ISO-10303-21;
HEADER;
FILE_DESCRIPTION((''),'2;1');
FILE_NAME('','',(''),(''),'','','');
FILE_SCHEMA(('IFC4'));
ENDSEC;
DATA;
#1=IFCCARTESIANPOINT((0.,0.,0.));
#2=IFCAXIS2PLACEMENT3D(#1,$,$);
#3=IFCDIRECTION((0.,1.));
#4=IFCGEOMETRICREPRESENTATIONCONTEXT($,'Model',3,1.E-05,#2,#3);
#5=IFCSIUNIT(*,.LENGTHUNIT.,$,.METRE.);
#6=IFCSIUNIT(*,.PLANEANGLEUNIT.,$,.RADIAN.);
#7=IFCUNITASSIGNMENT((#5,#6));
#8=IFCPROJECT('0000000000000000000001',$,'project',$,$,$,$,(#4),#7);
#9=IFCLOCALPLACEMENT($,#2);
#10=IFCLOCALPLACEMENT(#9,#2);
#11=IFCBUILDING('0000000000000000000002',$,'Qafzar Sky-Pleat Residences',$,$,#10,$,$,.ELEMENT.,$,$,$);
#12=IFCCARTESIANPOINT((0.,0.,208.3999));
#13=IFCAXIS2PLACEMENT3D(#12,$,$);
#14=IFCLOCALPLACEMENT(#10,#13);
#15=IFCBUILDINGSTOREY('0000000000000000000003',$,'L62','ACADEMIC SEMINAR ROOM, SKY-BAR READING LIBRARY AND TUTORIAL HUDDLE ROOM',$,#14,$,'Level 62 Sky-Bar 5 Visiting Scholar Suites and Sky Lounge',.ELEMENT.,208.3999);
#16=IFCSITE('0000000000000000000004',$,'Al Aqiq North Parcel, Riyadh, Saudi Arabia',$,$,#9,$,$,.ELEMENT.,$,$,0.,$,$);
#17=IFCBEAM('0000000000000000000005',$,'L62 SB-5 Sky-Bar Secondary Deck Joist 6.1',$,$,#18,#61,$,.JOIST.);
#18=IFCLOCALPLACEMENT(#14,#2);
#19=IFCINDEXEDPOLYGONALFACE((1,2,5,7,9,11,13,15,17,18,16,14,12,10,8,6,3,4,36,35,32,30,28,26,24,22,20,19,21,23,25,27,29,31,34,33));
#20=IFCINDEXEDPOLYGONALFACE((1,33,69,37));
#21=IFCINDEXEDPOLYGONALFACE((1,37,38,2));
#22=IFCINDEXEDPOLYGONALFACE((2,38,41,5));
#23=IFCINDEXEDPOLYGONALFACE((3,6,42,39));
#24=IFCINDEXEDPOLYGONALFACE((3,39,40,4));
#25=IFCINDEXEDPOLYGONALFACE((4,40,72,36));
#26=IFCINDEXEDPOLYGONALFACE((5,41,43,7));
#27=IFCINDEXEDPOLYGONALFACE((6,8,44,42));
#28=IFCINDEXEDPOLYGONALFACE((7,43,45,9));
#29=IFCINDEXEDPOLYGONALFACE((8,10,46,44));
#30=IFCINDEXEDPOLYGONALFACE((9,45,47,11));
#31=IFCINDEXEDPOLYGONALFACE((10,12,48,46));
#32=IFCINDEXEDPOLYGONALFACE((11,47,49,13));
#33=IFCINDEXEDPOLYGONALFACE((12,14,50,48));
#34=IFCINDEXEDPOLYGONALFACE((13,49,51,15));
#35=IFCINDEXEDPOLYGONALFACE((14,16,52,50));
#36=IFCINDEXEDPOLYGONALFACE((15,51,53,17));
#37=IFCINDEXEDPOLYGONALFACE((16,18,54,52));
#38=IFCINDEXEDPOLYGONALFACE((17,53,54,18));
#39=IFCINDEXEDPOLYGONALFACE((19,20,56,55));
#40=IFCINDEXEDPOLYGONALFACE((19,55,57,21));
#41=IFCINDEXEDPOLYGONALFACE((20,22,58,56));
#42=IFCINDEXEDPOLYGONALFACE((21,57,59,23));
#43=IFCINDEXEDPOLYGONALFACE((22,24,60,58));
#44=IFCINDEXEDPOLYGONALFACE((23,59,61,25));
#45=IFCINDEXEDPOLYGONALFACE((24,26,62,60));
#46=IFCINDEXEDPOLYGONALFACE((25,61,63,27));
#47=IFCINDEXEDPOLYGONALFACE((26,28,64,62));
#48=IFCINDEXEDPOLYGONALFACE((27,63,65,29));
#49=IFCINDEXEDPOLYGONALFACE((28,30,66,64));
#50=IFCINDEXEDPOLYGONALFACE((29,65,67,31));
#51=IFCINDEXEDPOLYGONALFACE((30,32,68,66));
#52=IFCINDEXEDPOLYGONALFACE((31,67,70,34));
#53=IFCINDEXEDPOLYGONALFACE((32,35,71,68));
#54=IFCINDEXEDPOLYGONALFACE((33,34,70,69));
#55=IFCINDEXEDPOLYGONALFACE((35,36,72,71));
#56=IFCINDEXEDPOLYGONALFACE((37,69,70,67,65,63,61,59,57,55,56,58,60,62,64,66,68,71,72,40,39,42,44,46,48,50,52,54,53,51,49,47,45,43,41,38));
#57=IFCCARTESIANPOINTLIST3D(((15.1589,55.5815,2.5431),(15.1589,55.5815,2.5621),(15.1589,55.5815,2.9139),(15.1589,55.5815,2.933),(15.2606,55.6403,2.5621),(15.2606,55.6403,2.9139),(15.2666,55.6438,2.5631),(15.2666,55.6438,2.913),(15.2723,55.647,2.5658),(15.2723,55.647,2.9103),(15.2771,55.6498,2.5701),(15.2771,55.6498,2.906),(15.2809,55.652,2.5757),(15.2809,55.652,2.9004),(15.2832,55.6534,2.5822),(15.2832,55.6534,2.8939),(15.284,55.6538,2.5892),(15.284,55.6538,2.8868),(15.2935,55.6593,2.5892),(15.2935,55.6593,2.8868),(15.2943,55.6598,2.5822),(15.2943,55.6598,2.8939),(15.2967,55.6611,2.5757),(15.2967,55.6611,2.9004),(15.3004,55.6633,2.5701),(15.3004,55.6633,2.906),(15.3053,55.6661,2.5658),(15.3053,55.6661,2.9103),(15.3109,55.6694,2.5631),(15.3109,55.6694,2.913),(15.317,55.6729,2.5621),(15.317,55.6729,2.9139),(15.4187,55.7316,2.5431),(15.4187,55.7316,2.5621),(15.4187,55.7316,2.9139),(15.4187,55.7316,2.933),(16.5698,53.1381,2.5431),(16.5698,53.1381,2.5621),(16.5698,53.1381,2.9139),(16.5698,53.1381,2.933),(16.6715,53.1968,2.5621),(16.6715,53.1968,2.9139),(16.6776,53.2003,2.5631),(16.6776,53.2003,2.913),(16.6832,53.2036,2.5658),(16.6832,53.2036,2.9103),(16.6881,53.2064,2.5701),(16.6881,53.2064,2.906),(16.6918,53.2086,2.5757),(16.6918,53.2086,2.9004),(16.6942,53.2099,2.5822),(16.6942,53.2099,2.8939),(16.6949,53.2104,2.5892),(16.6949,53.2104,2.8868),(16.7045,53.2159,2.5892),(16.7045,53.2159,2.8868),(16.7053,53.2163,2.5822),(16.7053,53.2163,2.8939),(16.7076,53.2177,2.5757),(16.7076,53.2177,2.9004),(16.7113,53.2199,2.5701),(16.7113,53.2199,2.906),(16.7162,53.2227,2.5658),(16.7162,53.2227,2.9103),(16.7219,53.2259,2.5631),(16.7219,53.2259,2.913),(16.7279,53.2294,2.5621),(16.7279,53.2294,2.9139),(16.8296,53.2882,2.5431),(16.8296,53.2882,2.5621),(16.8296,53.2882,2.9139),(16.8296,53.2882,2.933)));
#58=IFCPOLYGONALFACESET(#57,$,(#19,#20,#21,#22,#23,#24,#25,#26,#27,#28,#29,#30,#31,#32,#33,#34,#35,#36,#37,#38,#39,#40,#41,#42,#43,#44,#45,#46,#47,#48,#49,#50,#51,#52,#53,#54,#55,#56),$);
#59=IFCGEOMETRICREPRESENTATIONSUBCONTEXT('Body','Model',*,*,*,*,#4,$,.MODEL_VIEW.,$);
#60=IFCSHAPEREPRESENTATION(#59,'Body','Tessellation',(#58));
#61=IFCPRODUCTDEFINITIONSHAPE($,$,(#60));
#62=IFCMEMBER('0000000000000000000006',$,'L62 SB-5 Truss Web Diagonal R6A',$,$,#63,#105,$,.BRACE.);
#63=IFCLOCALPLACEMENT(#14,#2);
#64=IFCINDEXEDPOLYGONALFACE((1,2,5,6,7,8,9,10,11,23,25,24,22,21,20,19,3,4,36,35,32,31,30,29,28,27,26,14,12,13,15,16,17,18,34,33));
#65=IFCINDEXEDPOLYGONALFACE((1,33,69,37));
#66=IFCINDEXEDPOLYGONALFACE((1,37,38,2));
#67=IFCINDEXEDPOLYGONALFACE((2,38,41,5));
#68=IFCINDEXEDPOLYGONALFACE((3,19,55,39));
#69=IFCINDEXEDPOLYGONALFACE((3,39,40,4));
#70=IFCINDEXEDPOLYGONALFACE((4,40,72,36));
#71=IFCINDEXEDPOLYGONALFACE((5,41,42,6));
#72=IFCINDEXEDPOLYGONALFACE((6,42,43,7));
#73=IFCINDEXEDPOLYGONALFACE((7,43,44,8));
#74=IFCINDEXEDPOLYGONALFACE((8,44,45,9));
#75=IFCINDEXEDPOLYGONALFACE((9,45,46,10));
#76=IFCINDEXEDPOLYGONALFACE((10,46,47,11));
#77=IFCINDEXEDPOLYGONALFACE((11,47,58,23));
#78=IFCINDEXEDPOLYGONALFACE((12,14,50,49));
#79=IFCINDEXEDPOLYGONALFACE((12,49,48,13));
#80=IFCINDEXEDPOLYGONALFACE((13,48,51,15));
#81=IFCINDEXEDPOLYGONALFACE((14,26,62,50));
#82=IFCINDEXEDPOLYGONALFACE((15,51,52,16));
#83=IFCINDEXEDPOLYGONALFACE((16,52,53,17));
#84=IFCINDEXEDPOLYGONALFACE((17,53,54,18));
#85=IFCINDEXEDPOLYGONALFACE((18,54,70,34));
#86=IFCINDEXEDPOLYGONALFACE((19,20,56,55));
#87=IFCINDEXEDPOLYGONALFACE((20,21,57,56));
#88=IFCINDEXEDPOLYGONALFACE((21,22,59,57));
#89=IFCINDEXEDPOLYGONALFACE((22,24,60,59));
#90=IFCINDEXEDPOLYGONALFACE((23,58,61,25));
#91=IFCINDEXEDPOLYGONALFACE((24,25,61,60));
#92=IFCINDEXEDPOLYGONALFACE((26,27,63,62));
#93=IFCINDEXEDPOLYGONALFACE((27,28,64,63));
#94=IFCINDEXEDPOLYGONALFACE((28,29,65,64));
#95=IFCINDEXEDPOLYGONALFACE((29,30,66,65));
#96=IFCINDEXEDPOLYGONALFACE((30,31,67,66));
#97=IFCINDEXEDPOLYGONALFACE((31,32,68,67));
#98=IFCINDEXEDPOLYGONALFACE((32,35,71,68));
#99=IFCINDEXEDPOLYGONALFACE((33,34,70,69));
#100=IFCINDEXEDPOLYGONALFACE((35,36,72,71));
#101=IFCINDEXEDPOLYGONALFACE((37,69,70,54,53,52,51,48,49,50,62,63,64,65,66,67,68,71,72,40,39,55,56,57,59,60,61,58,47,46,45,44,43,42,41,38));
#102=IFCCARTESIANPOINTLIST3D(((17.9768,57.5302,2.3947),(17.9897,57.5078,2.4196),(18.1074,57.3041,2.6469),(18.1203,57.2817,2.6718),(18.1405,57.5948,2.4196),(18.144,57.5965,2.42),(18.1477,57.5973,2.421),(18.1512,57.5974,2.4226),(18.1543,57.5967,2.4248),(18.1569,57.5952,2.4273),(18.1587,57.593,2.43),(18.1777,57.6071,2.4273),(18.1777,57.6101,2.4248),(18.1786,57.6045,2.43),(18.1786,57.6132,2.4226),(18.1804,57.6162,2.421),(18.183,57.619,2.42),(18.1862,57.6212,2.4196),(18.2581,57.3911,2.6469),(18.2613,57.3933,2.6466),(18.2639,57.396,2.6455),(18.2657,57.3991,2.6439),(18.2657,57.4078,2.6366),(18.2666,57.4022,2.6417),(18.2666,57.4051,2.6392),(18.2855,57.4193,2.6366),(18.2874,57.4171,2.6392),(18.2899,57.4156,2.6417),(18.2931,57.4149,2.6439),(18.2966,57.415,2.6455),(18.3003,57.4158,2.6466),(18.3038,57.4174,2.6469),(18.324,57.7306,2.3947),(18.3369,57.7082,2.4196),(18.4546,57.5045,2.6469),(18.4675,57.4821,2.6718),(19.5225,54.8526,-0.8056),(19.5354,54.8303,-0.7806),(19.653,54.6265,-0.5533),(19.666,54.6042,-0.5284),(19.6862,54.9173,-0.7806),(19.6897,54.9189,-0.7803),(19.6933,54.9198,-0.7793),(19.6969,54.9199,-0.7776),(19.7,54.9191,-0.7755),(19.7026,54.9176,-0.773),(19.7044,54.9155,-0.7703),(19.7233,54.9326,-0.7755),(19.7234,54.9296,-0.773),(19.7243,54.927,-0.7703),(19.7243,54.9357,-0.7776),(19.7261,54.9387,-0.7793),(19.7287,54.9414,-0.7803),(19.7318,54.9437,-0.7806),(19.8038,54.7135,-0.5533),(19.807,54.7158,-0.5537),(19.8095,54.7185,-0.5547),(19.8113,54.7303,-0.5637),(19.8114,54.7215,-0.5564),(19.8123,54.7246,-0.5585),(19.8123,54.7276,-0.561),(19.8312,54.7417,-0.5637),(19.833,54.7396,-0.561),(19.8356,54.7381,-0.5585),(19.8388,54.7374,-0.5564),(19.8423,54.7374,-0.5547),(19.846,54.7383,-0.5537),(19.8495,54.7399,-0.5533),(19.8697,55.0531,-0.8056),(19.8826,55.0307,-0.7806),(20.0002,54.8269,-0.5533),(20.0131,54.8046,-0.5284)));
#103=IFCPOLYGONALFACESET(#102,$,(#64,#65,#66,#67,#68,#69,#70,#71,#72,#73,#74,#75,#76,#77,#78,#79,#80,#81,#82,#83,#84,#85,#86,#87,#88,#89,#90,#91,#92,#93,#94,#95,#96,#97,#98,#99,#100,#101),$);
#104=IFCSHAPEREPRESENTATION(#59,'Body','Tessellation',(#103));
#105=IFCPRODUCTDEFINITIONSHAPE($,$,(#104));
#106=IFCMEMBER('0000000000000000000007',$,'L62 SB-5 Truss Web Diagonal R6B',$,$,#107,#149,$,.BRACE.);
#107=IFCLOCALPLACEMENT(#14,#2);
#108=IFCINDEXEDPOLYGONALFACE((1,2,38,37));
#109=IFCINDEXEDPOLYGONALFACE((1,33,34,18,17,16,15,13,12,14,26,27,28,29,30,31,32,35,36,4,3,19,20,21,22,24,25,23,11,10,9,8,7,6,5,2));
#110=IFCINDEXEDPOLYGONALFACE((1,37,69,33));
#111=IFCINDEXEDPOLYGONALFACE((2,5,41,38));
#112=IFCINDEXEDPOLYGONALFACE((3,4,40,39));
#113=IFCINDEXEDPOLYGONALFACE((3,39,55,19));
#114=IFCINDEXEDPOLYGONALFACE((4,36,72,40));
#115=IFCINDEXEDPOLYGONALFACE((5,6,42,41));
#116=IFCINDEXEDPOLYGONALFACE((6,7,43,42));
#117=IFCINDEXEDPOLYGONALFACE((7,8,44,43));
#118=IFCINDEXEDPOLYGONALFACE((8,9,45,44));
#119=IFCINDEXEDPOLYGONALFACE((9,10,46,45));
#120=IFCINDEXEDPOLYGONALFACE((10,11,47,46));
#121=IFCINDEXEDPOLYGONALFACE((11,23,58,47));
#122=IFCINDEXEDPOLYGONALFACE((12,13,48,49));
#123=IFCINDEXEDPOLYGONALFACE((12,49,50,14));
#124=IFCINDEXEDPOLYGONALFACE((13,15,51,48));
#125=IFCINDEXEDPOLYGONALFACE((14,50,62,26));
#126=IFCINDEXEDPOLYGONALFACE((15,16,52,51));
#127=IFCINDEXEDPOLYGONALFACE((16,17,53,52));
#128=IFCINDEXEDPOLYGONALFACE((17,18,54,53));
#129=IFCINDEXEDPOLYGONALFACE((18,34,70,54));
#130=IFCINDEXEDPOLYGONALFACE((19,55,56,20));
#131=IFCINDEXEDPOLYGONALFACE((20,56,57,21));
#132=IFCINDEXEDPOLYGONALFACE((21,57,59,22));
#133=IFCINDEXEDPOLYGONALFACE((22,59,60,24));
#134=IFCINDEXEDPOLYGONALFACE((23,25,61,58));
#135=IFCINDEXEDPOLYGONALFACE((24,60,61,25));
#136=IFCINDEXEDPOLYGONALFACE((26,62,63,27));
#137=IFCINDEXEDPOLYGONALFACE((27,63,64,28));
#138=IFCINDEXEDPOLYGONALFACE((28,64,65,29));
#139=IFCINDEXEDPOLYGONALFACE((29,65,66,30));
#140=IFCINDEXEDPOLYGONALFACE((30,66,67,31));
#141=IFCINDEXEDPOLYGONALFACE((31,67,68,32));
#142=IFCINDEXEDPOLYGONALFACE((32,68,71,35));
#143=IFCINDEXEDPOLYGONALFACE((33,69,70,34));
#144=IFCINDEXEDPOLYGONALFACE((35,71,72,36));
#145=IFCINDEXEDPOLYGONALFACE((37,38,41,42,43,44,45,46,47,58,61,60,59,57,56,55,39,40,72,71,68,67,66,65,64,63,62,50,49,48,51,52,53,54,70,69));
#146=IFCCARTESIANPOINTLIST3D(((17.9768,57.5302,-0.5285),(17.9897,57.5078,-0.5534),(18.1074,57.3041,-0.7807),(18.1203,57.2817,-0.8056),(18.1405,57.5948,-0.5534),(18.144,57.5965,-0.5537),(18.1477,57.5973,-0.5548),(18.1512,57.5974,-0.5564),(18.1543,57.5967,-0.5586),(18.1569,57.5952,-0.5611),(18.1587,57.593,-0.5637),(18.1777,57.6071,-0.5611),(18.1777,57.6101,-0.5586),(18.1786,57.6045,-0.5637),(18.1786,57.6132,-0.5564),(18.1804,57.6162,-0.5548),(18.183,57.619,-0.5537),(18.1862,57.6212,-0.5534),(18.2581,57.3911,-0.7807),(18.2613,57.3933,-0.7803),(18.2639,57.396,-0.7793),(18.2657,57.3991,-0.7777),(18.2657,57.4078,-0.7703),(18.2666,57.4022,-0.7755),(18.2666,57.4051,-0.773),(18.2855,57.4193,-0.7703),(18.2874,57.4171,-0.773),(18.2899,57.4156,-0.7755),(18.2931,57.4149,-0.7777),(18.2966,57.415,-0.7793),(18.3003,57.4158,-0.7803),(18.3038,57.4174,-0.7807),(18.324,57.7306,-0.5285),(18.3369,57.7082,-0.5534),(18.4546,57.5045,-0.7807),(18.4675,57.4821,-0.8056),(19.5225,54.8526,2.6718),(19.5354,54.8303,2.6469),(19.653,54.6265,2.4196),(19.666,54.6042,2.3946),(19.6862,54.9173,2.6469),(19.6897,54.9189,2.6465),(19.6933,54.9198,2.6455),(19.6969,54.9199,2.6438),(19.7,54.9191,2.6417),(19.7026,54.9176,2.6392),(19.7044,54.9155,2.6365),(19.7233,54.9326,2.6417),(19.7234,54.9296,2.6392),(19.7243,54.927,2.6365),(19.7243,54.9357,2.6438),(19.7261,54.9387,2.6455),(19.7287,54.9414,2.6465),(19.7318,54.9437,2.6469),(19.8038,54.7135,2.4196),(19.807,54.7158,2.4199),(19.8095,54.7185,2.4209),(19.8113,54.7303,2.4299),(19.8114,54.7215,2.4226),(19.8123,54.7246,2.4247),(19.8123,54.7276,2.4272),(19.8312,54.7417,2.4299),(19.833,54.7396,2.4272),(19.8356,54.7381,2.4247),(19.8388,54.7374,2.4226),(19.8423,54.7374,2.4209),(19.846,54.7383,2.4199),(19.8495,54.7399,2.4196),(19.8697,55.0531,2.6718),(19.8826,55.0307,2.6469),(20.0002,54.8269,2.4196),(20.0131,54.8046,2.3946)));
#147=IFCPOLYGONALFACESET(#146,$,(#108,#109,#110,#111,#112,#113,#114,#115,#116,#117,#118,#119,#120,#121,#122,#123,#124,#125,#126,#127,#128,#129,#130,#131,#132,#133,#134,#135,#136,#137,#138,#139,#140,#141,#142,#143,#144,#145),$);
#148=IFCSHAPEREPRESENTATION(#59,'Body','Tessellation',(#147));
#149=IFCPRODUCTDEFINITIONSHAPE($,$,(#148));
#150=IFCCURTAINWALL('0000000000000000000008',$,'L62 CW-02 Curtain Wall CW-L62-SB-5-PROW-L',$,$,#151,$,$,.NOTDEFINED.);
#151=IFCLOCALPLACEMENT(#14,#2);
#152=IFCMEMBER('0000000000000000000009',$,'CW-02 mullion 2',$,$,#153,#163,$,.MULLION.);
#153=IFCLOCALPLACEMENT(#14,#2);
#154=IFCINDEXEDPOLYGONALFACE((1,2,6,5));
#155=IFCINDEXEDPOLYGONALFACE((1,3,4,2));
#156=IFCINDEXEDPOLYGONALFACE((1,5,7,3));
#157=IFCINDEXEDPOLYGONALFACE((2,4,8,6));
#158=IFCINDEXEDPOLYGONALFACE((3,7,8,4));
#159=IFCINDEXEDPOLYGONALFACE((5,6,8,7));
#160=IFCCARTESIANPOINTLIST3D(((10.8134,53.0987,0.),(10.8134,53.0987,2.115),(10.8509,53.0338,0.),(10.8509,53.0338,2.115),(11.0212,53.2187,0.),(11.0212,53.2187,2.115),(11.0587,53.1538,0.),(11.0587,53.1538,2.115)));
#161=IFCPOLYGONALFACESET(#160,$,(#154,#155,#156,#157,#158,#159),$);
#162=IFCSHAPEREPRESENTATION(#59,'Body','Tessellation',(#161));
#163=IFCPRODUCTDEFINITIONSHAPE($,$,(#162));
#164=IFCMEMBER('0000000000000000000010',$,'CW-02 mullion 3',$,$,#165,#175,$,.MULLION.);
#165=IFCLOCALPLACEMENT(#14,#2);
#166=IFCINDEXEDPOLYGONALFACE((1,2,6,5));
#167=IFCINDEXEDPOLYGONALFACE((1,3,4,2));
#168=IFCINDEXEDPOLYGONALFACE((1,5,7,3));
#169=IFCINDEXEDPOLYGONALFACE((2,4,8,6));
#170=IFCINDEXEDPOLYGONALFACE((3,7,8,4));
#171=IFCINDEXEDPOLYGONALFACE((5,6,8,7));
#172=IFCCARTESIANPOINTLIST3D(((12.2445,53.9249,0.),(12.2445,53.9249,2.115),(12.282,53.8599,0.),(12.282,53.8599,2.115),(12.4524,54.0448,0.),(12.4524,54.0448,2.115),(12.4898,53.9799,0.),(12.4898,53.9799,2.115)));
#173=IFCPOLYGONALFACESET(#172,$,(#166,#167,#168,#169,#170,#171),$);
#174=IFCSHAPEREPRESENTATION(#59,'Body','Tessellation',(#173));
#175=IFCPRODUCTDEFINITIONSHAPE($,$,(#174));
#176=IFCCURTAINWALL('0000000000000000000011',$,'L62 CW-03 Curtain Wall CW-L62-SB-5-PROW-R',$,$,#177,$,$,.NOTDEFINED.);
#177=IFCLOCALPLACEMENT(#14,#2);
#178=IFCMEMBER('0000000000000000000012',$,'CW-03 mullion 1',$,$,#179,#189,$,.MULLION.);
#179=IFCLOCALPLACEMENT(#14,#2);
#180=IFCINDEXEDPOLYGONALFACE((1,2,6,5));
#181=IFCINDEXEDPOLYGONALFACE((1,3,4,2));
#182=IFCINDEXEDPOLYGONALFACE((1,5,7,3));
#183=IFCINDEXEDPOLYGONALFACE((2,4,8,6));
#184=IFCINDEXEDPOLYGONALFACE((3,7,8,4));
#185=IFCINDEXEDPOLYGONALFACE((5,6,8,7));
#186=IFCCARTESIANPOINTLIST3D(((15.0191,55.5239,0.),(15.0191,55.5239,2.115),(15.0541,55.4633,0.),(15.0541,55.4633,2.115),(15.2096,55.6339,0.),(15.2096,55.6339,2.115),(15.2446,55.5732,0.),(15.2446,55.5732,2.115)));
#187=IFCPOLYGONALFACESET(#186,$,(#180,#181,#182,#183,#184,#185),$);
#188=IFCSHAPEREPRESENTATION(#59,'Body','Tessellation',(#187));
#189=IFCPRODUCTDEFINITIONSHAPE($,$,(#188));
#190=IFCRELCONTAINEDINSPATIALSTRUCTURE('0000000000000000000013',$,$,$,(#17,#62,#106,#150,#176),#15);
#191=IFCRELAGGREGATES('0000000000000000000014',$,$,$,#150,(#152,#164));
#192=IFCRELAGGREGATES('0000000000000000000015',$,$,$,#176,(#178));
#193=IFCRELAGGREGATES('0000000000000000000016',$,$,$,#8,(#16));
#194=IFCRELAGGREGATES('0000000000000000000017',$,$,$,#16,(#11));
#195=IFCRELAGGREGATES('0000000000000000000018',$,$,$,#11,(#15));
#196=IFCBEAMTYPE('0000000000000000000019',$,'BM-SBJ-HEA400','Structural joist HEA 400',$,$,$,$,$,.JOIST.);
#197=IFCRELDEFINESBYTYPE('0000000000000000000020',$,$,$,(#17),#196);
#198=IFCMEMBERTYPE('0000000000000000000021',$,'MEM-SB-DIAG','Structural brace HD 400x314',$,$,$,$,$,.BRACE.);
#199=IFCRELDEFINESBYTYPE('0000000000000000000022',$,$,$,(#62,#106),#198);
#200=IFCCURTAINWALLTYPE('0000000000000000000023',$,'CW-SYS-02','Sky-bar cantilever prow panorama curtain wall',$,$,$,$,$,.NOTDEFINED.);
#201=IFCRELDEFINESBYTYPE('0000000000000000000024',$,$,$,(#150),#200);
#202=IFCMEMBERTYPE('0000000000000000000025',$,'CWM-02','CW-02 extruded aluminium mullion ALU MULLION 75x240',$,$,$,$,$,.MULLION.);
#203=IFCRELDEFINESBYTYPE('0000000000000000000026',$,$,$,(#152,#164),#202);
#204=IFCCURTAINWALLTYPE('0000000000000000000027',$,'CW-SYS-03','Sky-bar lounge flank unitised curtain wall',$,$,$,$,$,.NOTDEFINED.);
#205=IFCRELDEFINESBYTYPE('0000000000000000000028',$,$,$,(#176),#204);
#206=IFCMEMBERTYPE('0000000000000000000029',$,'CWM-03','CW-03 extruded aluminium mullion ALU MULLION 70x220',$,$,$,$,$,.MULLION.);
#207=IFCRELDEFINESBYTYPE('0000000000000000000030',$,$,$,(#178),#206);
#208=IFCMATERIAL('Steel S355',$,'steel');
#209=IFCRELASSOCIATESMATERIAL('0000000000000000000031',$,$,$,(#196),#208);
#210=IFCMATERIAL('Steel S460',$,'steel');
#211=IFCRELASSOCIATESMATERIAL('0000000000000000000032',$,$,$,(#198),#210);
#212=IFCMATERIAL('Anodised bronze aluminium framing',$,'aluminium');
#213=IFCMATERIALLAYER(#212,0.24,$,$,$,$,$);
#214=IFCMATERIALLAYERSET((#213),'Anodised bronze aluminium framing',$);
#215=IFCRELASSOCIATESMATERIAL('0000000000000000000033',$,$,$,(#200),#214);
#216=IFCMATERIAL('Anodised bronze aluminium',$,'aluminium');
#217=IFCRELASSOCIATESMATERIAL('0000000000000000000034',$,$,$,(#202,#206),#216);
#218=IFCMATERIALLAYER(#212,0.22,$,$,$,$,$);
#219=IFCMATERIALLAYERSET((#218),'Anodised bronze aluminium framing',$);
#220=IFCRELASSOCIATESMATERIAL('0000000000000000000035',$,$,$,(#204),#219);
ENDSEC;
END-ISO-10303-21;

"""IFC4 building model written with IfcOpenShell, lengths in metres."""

from ifc_helpers import new_model, si_unit, direction, frame, origin, origin_2d, place, context, subcontext, project, spatial, rectangle, i_section, extrude, source, transform, mapped, material, layer, layer_set, material_profile, profile_set, type_object, element, aggregate, save


model = new_model("IFC4")

# Units and contexts
model_context = context("Model", 3, precision=1e-05, world=origin(), true_north=direction((0.0, 1.0)))
body_context = subcontext(model_context, "Body", "Model", "MODEL_VIEW")
ifc_project = project(units=[si_unit("LENGTHUNIT", "METRE"), si_unit("PLANEANGLEUNIT", "RADIAN")], contexts=[model_context])

# Site, building, storey
site_placement = place(None, origin())
site = spatial("IfcSite", under=ifc_project, at=site_placement, Name="Al Aqiq North Parcel, Riyadh, Saudi Arabia", CompositionType="ELEMENT", RefElevation=0.0)
building_placement = place(site_placement, origin())
building = spatial("IfcBuilding", under=site, at=building_placement, Name="Qafzar Sky-Pleat Residences", CompositionType="ELEMENT")
storey_placement = place(building_placement, frame((0.0, 0.0, 208.3999)))
storey = spatial("IfcBuildingStorey", under=building, at=storey_placement, Name="L62", Description="ACADEMIC SEMINAR ROOM, SKY-BAR READING LIBRARY AND TUTORIAL HUDDLE ROOM", LongName="Level 62 Sky-Bar 5 Visiting Scholar Suites and Sky Lounge", CompositionType="ELEMENT", Elevation=208.3999)

# Beam
ifc_material_1 = material(Name="Steel S355", Category="steel")
ifc_material_profile_1 = material_profile(ifc_material_1, i_section(OverallWidth=0.3, OverallDepth=0.3899, WebThickness=0.011, FlangeThickness=0.019, FilletRadius=0.0271, at=origin_2d()), Name="HEA 400")
ifc_profile_set_1 = profile_set([ifc_material_profile_1], Name="Steel S355")
beam_type = type_object("IfcBeamType", Name="BM-SBJ-HEA400", Description="Structural joist HEA 400", PredefinedType="JOIST", material=ifc_profile_set_1)
shared_shape_1 = source(origin(), body_context, "Body", "SweptSolid", [
    extrude(i_section(OverallWidth=0.3, OverallDepth=0.3899, WebThickness=0.011, FlangeThickness=0.019, FilletRadius=0.0271, at=origin_2d()), origin(), (0.0, 0.0, 1.0), 2.8215),
])
beam_placement = place(storey_placement, frame((16.6997, 53.2131, 2.738), z_axis=(-0.500057, 0.865992, 0.0), x_axis=(-0.865992, -0.500057, 0.0)))
element("IfcBeam", 1, at=beam_placement, inside=storey, type_object=beam_type, Name="L62 SB-5 Sky-Bar Secondary Deck Joist 6.1", PredefinedType="JOIST", context=body_context, shape_type="MappedRepresentation", body=[
    mapped(shared_shape_1, transform((0.0, 0.0, 0.0), x_axis=(1.0, 0.0, 0.0), y_axis=(0.0, 1.0, 0.0), z_axis=(0.0, 0.0, 1.0), scale=1.0)),
])

# Members
ifc_material_2 = material(Name="Steel S460", Category="steel")
ifc_material_profile_2 = material_profile(ifc_material_2, i_section(OverallWidth=0.4009, OverallDepth=0.3989, WebThickness=0.0229, FlangeThickness=0.0359, FilletRadius=0.0149, at=origin_2d()), Name="HD 400x314")
ifc_profile_set_2 = profile_set([ifc_material_profile_2], Name="Steel S460")
member_type_1 = type_object("IfcMemberType", Name="MEM-SB-DIAG", Description="Structural brace HD 400x314", PredefinedType="BRACE", material=ifc_profile_set_2)
shared_shape_2 = source(origin(), body_context, "Body", "SweptSolid", [
    extrude(i_section(OverallWidth=0.4009, OverallDepth=0.3989, WebThickness=0.0229, FlangeThickness=0.0359, FilletRadius=0.0149, at=origin_2d()), origin(), (0.0, 0.0, 1.0), 4.4497),
])
for number, where, z_axis, x_axis, name in (
    (2, (19.7678, 54.8286, -0.667), (-0.347367, 0.601733, 0.719204), (-0.866053, -0.499953, 0.0), "L62 SB-5 Truss Web Diagonal R6A"),
    (3, (19.7678, 54.8286, 2.5332), (-0.347367, 0.601733, -0.719204), (-0.866053, -0.499953, 0.0), "L62 SB-5 Truss Web Diagonal R6B"),
):
    element("IfcMember", number, at=place(storey_placement, frame(where, z_axis=z_axis, x_axis=x_axis)), inside=storey, type_object=member_type_1, Name=name, PredefinedType="BRACE", context=body_context, shape_type="MappedRepresentation", body=[
        mapped(shared_shape_2, transform((0.0, 0.0, 0.0), x_axis=(1.0, 0.0, 0.0), y_axis=(0.0, 1.0, 0.0), z_axis=(0.0, 0.0, 1.0), scale=1.0)),
    ])

# Curtain walls, members
ifc_material_3 = material(Name="Anodised bronze aluminium framing", Category="aluminium")
ifc_layer_1 = layer(ifc_material_3, 0.24)
ifc_layer_set_1 = layer_set([ifc_layer_1], Name="Anodised bronze aluminium framing")
curtain_wall_type_1 = type_object("IfcCurtainWallType", Name="CW-SYS-02", Description="Sky-bar cantilever prow panorama curtain wall", PredefinedType="NOTDEFINED", material=ifc_layer_set_1)
curtain_wall_1_placement = place(storey_placement, origin())
curtain_wall_1 = element("IfcCurtainWall", 4, at=curtain_wall_1_placement, inside=storey, type_object=curtain_wall_type_1, Name="L62 CW-02 Curtain Wall CW-L62-SB-5-PROW-L", PredefinedType="NOTDEFINED")
ifc_material_4 = material(Name="Anodised bronze aluminium", Category="aluminium")
ifc_material_profile_3 = material_profile(ifc_material_4, rectangle(XDim=0.075, YDim=0.24, at=origin_2d()), Name="ALU MULLION 75x240")
ifc_profile_set_3 = profile_set([ifc_material_profile_3], Name="Anodised bronze aluminium")
member_type_2 = type_object("IfcMemberType", Name="CWM-02", Description="CW-02 extruded aluminium mullion ALU MULLION 75x240", PredefinedType="MULLION", material=ifc_profile_set_3)
shared_shape_3 = source(origin(), body_context, "Body", "SweptSolid", [
    extrude(rectangle(XDim=0.075, YDim=0.24, at=origin_2d()), origin(), (0.0, 0.0, 1.0), 2.115),
])
member_1_placement = place(storey_placement, frame((10.936, 53.1262, 0.0), z_axis=(0.0, 0.0, 1.0), x_axis=(-0.499996, 0.866028, 0.0)))
member_1 = element("IfcMember", 5, at=member_1_placement, type_object=member_type_2, Name="CW-02 mullion 2", PredefinedType="MULLION", context=body_context, shape_type="MappedRepresentation", body=[
    mapped(shared_shape_3, transform((0.0, 0.0, 0.0), x_axis=(1.0, 0.0, 0.0), y_axis=(0.0, 1.0, 0.0), z_axis=(0.0, 0.0, 1.0), scale=1.0)),
])
member_2_placement = place(storey_placement, frame((12.3672, 53.9524, 0.0), z_axis=(0.0, 0.0, 1.0), x_axis=(-0.499996, 0.866028, 0.0)))
member_2 = element("IfcMember", 6, at=member_2_placement, type_object=member_type_2, Name="CW-02 mullion 3", PredefinedType="MULLION", context=body_context, shape_type="MappedRepresentation", body=[
    mapped(shared_shape_3, transform((0.0, 0.0, 0.0), x_axis=(1.0, 0.0, 0.0), y_axis=(0.0, 1.0, 0.0), z_axis=(0.0, 0.0, 1.0), scale=1.0)),
])
ifc_layer_2 = layer(ifc_material_3, 0.22)
ifc_layer_set_2 = layer_set([ifc_layer_2], Name="Anodised bronze aluminium framing")
curtain_wall_type_2 = type_object("IfcCurtainWallType", Name="CW-SYS-03", Description="Sky-bar lounge flank unitised curtain wall", PredefinedType="NOTDEFINED", material=ifc_layer_set_2)
curtain_wall_2_placement = place(storey_placement, origin())
curtain_wall_2 = element("IfcCurtainWall", 7, at=curtain_wall_2_placement, inside=storey, type_object=curtain_wall_type_2, Name="L62 CW-03 Curtain Wall CW-L62-SB-5-PROW-R", PredefinedType="NOTDEFINED")
ifc_material_profile_4 = material_profile(ifc_material_4, rectangle(XDim=0.0701, YDim=0.22, at=origin_2d()), Name="ALU MULLION 70x220")
ifc_profile_set_4 = profile_set([ifc_material_profile_4], Name="Anodised bronze aluminium")
member_type_3 = type_object("IfcMemberType", Name="CWM-03", Description="CW-03 extruded aluminium mullion ALU MULLION 70x220", PredefinedType="MULLION", material=ifc_profile_set_4)
shared_shape_4 = source(origin(), body_context, "Body", "SweptSolid", [
    extrude(rectangle(XDim=0.0701, YDim=0.22, at=origin_2d()), origin(), (0.0, 0.0, 1.0), 2.115),
])
member_3_placement = place(storey_placement, frame((15.1318, 55.5486, 0.0), z_axis=(0.0, 0.0, 1.0), x_axis=(-0.499996, 0.866028, 0.0)))
member_3 = element("IfcMember", 8, at=member_3_placement, type_object=member_type_3, Name="CW-03 mullion 1", PredefinedType="MULLION", context=body_context, shape_type="MappedRepresentation", body=[
    mapped(shared_shape_4, transform((0.0, 0.0, 0.0), x_axis=(1.0, 0.0, 0.0), y_axis=(0.0, 1.0, 0.0), z_axis=(0.0, 0.0, 1.0), scale=1.0)),
])

aggregate(curtain_wall_1, [member_1, member_2])
aggregate(curtain_wall_2, [member_3])

save(model, "model.ifc")
